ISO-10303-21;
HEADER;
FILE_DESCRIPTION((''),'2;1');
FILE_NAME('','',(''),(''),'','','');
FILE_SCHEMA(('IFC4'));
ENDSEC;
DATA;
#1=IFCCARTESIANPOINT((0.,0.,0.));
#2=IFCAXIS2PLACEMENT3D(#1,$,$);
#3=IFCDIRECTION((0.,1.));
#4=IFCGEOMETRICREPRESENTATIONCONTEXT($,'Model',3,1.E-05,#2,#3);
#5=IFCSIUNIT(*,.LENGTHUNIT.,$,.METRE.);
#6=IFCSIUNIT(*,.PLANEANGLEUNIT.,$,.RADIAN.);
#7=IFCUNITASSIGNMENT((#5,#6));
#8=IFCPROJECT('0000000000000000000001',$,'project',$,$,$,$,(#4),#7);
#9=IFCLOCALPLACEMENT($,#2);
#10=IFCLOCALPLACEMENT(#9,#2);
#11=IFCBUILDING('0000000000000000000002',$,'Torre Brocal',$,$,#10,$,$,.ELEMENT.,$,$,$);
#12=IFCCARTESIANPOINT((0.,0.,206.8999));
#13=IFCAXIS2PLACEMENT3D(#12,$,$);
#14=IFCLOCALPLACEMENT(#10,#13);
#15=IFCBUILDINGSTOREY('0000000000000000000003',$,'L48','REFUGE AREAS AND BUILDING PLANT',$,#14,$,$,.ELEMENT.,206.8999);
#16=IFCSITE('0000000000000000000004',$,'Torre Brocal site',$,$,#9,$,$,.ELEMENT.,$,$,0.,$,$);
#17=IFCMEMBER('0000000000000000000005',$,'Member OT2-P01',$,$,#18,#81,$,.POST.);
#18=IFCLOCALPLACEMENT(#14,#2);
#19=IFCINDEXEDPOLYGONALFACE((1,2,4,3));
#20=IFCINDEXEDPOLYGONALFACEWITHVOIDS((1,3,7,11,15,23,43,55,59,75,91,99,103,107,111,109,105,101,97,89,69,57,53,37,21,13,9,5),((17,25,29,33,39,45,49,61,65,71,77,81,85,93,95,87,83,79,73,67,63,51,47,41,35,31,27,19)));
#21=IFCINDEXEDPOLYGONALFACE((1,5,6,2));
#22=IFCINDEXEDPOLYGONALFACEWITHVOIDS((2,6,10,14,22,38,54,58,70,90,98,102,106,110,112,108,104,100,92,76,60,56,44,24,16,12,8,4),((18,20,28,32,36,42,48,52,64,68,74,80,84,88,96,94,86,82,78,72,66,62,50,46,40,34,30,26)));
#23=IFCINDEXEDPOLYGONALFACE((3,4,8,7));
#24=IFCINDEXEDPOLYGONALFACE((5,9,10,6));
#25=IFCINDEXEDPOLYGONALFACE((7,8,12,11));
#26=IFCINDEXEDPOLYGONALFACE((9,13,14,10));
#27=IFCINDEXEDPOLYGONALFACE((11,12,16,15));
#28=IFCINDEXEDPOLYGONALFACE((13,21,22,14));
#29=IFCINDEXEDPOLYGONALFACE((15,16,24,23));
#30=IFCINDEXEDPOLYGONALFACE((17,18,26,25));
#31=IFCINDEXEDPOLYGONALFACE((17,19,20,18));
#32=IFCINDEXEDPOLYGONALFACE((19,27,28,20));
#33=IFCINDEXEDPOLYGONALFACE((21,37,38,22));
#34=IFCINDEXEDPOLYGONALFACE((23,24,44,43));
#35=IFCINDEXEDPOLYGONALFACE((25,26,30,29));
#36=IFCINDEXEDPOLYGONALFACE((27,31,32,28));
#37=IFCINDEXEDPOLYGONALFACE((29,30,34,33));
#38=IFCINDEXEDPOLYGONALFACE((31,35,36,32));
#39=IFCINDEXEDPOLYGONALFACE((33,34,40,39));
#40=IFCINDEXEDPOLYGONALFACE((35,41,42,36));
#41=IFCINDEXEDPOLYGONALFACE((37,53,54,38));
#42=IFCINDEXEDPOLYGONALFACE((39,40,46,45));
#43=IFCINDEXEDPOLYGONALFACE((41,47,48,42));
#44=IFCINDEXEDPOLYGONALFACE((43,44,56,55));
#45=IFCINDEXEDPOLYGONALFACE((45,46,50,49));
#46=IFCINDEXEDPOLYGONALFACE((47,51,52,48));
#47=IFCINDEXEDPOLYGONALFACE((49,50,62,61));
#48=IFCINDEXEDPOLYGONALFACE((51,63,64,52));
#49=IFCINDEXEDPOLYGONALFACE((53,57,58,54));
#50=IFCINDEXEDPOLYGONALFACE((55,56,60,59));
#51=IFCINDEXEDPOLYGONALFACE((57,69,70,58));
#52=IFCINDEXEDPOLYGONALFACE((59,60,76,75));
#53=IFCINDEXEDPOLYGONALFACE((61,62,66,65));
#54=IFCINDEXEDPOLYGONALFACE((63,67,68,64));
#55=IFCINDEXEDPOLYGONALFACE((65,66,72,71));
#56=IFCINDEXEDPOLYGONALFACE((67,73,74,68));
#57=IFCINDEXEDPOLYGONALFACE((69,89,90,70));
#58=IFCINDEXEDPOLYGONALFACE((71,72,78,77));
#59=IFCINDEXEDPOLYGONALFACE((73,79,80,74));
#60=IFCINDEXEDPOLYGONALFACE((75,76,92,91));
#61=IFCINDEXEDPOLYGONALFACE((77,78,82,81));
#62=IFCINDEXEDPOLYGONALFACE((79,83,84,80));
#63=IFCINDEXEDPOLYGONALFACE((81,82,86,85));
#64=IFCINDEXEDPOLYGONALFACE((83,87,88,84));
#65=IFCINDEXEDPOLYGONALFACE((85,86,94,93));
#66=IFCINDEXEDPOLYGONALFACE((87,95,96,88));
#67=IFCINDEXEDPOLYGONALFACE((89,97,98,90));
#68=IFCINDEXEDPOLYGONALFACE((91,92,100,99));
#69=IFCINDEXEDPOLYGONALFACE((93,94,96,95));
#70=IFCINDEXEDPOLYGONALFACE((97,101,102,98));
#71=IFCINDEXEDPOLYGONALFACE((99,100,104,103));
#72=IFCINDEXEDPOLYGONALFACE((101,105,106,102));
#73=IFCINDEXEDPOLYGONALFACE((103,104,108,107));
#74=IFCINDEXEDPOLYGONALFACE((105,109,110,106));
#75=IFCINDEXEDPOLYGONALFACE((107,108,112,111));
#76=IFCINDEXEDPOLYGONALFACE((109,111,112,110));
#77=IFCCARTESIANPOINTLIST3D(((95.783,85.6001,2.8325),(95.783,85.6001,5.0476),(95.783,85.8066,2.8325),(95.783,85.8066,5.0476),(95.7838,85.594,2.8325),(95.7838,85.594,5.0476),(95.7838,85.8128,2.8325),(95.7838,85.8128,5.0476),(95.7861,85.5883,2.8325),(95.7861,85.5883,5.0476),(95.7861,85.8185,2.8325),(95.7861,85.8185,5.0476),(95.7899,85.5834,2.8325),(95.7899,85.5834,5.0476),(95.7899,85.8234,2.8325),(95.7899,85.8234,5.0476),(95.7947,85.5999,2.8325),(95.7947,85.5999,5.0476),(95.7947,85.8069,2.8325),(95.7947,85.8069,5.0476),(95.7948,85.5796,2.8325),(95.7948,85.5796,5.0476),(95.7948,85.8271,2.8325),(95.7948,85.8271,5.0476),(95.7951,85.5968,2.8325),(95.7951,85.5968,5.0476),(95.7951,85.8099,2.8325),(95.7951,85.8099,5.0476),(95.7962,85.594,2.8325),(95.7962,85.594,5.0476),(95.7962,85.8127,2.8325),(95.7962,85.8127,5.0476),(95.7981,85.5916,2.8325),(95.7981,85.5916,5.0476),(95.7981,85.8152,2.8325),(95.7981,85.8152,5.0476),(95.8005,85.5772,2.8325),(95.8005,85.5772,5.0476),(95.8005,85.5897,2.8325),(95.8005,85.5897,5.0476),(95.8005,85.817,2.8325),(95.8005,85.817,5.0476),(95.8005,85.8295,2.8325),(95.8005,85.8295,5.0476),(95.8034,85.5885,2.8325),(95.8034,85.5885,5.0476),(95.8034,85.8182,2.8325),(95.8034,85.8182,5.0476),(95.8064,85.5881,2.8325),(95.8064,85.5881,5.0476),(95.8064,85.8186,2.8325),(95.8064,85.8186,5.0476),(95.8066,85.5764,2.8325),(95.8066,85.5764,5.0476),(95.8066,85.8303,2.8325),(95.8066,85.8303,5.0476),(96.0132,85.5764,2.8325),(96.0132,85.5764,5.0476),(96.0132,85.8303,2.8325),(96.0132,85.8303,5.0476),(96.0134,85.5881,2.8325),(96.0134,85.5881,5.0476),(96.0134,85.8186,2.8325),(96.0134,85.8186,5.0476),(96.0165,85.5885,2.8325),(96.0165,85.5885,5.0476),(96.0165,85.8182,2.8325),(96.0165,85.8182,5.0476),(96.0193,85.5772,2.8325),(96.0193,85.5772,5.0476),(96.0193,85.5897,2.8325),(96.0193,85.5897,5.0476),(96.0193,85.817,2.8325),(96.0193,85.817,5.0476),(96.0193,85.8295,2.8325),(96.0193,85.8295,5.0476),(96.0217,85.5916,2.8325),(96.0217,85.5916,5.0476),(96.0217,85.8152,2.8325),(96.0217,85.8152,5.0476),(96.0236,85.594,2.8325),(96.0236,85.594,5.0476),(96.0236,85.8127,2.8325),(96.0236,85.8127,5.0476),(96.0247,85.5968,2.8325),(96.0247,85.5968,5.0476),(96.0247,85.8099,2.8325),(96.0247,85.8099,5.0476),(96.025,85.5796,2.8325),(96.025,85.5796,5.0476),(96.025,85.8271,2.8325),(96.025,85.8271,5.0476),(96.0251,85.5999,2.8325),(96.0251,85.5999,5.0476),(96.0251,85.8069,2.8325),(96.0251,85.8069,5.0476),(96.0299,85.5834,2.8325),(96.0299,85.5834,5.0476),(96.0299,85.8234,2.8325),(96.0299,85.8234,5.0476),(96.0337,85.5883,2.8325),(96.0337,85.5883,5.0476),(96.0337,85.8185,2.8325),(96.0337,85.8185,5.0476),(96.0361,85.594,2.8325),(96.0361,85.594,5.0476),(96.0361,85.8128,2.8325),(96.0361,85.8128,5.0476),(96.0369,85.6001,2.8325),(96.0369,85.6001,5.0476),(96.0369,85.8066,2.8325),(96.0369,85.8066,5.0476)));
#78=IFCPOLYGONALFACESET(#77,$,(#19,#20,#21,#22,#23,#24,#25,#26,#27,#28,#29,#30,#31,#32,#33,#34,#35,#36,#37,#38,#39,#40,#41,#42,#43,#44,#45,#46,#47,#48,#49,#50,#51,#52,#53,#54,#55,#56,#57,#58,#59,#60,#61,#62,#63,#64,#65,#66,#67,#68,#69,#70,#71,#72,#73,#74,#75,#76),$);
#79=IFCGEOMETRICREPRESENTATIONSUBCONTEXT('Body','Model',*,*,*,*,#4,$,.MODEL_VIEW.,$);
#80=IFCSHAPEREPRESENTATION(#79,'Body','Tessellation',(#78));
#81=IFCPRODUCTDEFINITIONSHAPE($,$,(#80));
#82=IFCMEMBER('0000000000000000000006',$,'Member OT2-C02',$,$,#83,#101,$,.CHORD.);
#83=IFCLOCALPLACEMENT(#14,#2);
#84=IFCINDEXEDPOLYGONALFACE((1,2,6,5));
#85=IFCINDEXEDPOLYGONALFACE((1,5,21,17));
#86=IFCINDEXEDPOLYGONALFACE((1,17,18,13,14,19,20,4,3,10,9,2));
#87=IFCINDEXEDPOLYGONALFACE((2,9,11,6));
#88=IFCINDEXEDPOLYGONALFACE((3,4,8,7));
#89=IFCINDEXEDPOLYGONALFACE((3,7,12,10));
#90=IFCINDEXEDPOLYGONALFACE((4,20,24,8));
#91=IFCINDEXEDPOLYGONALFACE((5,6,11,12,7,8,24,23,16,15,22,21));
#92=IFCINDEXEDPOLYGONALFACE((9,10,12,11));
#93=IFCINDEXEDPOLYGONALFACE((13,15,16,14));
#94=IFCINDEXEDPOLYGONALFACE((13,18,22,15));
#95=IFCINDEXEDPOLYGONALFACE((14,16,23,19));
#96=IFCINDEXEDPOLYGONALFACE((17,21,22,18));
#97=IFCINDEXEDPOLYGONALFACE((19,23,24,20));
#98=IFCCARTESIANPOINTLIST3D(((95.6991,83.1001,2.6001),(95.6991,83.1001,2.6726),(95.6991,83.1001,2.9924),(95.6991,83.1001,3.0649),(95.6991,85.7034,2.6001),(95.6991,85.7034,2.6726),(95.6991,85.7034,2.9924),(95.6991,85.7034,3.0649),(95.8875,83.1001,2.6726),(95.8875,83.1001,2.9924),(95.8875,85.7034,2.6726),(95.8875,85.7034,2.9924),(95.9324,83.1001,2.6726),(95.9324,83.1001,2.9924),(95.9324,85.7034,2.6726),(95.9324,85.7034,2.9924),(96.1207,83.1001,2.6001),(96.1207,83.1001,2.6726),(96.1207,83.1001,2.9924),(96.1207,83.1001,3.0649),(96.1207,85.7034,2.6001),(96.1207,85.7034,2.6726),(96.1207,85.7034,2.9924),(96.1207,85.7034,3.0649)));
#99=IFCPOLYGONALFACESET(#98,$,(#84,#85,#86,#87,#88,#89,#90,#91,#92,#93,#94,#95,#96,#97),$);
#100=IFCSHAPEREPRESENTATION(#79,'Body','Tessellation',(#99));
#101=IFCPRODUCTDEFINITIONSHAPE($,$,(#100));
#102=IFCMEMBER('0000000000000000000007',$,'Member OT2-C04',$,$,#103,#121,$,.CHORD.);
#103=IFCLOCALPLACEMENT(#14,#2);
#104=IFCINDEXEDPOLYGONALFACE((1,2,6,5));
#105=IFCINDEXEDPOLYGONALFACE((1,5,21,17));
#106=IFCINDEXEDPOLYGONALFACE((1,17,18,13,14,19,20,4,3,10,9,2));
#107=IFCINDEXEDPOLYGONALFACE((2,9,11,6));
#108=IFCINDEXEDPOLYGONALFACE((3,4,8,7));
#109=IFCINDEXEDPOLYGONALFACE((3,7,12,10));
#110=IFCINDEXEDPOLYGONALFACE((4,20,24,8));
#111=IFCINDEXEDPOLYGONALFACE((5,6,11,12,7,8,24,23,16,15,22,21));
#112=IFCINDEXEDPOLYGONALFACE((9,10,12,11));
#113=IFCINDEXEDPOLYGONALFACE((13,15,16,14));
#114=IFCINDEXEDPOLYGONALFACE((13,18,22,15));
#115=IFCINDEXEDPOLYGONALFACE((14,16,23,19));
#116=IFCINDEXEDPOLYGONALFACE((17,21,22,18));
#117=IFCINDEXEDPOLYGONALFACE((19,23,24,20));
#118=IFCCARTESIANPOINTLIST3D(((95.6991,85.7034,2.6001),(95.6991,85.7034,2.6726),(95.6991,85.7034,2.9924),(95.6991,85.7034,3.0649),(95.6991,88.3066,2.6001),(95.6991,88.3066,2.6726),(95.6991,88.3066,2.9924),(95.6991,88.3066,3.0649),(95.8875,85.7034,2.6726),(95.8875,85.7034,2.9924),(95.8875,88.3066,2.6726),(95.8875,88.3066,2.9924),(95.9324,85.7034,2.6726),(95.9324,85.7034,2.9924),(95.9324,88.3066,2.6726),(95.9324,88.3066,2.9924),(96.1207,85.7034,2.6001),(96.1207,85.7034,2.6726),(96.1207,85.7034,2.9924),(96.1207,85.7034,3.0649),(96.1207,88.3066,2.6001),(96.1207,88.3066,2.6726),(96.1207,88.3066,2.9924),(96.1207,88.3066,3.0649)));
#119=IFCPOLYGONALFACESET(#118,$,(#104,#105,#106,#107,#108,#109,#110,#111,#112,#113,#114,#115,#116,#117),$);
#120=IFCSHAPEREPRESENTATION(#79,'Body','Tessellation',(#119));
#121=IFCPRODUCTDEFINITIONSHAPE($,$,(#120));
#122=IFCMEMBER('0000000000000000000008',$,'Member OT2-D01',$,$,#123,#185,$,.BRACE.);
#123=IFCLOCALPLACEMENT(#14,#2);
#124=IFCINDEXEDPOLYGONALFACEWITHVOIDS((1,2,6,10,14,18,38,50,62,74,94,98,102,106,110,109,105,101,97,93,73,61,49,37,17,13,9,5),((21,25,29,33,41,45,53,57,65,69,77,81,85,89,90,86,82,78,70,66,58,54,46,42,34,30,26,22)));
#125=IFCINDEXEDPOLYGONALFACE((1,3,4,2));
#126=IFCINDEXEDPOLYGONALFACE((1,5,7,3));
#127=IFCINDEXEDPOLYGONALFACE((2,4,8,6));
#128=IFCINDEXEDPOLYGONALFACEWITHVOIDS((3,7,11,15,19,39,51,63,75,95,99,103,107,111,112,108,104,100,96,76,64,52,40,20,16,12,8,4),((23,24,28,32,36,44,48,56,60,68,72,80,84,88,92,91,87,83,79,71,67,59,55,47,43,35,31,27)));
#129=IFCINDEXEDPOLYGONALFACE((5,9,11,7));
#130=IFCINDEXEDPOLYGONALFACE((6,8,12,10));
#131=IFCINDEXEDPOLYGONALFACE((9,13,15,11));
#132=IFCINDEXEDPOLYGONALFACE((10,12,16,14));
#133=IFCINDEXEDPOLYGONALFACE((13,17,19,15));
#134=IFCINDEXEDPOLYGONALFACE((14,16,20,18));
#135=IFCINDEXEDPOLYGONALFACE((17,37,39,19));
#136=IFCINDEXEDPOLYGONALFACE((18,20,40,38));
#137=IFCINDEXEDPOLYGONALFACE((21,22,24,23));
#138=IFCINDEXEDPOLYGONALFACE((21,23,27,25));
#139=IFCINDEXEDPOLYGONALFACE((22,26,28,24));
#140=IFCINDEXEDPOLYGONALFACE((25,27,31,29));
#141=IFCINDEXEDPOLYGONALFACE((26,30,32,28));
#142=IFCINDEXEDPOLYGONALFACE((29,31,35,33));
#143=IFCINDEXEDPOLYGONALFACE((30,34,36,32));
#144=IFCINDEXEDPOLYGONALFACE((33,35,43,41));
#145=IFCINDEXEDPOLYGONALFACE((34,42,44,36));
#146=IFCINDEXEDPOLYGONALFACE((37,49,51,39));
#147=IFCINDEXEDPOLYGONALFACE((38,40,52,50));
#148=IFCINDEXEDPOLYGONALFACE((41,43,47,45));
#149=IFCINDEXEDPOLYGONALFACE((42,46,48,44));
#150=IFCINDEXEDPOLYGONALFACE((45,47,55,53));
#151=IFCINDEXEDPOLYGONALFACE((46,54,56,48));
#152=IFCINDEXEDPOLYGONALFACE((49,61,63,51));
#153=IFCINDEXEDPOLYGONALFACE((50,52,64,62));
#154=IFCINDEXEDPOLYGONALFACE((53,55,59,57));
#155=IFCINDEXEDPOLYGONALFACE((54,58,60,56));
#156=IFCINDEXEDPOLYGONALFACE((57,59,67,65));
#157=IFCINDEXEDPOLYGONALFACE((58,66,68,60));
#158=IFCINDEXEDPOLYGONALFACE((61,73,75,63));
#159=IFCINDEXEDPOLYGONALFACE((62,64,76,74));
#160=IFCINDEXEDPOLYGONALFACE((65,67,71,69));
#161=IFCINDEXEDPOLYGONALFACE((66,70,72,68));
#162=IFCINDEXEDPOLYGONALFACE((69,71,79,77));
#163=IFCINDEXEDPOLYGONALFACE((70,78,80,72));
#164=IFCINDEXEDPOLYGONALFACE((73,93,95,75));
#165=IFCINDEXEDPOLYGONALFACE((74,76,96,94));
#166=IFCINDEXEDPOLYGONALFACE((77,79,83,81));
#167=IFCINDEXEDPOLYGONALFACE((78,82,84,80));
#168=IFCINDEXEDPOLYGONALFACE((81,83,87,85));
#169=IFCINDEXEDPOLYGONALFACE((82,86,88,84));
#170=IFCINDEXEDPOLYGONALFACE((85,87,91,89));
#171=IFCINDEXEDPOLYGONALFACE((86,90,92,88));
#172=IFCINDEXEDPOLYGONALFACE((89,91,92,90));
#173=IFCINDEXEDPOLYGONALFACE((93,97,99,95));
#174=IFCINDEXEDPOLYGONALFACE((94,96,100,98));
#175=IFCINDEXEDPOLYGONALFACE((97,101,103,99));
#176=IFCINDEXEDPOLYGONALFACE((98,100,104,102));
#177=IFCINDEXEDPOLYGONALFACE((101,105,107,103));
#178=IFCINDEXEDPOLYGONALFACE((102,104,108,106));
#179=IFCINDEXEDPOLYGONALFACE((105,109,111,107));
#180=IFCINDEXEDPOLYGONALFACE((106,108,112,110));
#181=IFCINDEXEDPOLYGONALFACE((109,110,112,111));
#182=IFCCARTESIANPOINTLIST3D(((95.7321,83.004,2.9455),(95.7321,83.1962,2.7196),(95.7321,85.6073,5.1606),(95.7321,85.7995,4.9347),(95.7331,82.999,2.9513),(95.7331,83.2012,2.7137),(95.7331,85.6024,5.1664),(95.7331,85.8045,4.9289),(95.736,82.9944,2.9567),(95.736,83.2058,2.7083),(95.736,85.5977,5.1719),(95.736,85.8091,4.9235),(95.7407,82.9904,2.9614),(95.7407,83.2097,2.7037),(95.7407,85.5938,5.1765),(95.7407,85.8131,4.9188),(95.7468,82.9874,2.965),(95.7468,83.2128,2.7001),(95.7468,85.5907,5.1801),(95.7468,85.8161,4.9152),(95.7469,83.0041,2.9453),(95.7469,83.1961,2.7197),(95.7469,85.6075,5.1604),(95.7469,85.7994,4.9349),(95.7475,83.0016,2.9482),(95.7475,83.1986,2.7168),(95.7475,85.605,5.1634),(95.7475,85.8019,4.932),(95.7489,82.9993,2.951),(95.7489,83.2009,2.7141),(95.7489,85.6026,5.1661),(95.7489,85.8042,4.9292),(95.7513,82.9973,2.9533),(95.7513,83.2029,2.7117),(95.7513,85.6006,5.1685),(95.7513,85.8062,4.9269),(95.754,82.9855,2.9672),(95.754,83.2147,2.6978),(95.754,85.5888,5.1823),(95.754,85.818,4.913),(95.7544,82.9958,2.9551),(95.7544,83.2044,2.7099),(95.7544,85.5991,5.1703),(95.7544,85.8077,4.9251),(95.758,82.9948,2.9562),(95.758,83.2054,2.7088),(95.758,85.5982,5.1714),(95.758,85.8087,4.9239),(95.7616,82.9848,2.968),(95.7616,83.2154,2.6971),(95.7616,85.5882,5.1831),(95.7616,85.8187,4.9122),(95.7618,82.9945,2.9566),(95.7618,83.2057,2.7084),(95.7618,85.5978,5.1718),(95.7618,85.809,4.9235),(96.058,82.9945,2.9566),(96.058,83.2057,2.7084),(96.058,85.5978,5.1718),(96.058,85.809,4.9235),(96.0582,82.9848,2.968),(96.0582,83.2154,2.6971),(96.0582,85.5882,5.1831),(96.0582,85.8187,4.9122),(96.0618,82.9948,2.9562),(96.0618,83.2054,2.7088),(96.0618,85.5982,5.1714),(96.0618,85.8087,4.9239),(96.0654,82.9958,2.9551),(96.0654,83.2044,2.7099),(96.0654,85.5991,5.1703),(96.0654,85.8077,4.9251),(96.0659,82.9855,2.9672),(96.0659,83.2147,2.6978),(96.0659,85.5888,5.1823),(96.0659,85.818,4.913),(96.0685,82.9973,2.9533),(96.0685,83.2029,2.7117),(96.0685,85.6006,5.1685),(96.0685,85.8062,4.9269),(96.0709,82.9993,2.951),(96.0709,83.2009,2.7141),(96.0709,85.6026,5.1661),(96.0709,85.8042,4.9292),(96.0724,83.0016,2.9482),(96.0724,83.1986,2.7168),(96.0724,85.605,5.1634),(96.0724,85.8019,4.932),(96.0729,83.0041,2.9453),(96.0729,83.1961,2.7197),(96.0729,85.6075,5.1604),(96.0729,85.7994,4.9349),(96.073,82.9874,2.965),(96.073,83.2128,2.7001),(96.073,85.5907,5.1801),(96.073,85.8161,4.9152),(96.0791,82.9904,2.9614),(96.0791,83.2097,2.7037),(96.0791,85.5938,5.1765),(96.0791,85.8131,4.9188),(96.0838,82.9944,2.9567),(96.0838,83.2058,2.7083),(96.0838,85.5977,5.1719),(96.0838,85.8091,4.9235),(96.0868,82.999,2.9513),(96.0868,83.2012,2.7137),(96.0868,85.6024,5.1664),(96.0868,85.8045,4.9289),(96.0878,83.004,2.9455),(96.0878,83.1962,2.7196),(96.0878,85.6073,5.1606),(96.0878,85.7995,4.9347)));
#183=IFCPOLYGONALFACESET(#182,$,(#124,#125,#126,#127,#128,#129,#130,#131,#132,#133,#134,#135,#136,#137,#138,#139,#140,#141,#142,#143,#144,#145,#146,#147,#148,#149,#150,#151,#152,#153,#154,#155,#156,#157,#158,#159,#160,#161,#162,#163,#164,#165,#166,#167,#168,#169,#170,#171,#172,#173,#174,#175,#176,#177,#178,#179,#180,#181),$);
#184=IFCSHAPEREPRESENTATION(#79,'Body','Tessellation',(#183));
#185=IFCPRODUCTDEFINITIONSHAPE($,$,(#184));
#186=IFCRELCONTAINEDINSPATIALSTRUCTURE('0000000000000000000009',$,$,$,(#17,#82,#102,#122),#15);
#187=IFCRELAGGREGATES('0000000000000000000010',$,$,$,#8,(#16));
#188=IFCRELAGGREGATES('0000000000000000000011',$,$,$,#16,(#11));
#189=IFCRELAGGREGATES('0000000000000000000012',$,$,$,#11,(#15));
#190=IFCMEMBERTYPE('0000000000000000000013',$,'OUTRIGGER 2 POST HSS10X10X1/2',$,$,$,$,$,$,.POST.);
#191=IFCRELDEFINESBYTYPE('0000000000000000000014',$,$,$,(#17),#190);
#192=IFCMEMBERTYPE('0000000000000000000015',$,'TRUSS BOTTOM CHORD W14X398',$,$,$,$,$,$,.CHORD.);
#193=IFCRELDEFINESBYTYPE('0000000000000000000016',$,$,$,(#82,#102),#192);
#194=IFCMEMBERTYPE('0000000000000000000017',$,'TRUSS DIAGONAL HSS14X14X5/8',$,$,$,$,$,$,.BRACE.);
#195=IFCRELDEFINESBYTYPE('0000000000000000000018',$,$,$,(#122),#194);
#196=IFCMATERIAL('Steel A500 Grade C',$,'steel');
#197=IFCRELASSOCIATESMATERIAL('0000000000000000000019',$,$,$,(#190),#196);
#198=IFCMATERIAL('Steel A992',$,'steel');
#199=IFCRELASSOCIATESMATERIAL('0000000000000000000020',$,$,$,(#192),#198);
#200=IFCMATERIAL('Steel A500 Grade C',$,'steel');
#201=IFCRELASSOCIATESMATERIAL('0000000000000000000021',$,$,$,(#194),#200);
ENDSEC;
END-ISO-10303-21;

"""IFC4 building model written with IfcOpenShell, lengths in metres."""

from ifc_helpers import new_model, si_unit, direction, frame, origin, origin_2d, place, context, subcontext, project, spatial, hollow_rectangle, i_section, extrude, material, material_profile, profile_set, type_object, element, save


model = new_model("IFC4")

# Units and contexts
model_context = context("Model", 3, precision=1e-05, world=origin(), true_north=direction((0.0, 1.0)))
body_context = subcontext(model_context, "Body", "Model", "MODEL_VIEW")
ifc_project = project(units=[si_unit("LENGTHUNIT", "METRE"), si_unit("PLANEANGLEUNIT", "RADIAN")], contexts=[model_context])

# Site, building, storey
site_placement = place(None, origin())
site = spatial("IfcSite", under=ifc_project, at=site_placement, Name="Torre Brocal site", CompositionType="ELEMENT", RefElevation=0.0)
building_placement = place(site_placement, origin())
building = spatial("IfcBuilding", under=site, at=building_placement, Name="Torre Brocal", CompositionType="ELEMENT")
storey_placement = place(building_placement, frame((0.0, 0.0, 206.8999)))
storey = spatial("IfcBuildingStorey", under=building, at=storey_placement, Name="L48", Description="REFUGE AREAS AND BUILDING PLANT", CompositionType="ELEMENT", Elevation=206.8999)

# Members
ifc_material_1 = material(Name="Steel A500 Grade C", Category="steel")
ifc_material_profile_1 = material_profile(ifc_material_1, hollow_rectangle(XDim=0.2539, YDim=0.2539, WallThickness=0.0117, InnerFilletRadius=0.0117, OuterFilletRadius=0.0237, at=origin_2d()), Name="HSS10X10X1/2")
ifc_profile_set_1 = profile_set([ifc_material_profile_1], Name="Steel A500 Grade C")
member_type_1 = type_object("IfcMemberType", Name="OUTRIGGER 2 POST HSS10X10X1/2", PredefinedType="POST", material=ifc_profile_set_1)
member_placement = place(storey_placement, frame((95.9099, 85.7034, 2.8325), z_axis=(0.0, 0.0, 1.0), x_axis=(1.0, 0.0, 0.0)))
element("IfcMember", 1, at=member_placement, inside=storey, type_object=member_type_1, Name="Member OT2-P01", PredefinedType="POST", context=body_context, shape_type="SweptSolid", body=[
    extrude(hollow_rectangle(XDim=0.2539, YDim=0.2539, WallThickness=0.0117, InnerFilletRadius=0.0117, OuterFilletRadius=0.0237, at=origin_2d()), origin(), (0.0, 0.0, 1.0), 2.2151),
])
ifc_material_2 = material(Name="Steel A992", Category="steel")
ifc_material_profile_2 = material_profile(ifc_material_2, i_section(OverallWidth=0.4216, OverallDepth=0.4648, WebThickness=0.0449, FlangeThickness=0.0725, at=origin_2d()), Name="W14X398")
ifc_profile_set_2 = profile_set([ifc_material_profile_2], Name="Steel A992")
member_type_2 = type_object("IfcMemberType", Name="TRUSS BOTTOM CHORD W14X398", PredefinedType="CHORD", material=ifc_profile_set_2)
for number, where, z_axis, x_axis, name in (
    (2, (95.9099, 83.1001, 2.8325), (0.0, 1.0, 0.0), (-1.0, 0.0, 0.0), "Member OT2-C02"),
    (3, (95.9099, 85.7034, 2.8325), (0.0, 1.0, 0.0), (-1.0, 0.0, 0.0), "Member OT2-C04"),
):
    element("IfcMember", number, at=place(storey_placement, frame(where, z_axis=z_axis, x_axis=x_axis)), inside=storey, type_object=member_type_2, Name=name, PredefinedType="CHORD", context=body_context, shape_type="SweptSolid", body=[
        extrude(i_section(OverallWidth=0.4216, OverallDepth=0.4648, WebThickness=0.0449, FlangeThickness=0.0725, at=origin_2d()), origin(), (0.0, 0.0, 1.0), 2.6033),
    ])
ifc_material_3 = material(Name="Steel A500 Grade C", Category="steel")
ifc_material_profile_3 = material_profile(ifc_material_3, hollow_rectangle(XDim=0.3557, YDim=0.3557, WallThickness=0.0149, InnerFilletRadius=0.0149, OuterFilletRadius=0.0295, at=origin_2d()), Name="HSS14X14X5/8")
ifc_profile_set_3 = profile_set([ifc_material_profile_3], Name="Steel A500 Grade C")
member_type_3 = type_object("IfcMemberType", Name="TRUSS DIAGONAL HSS14X14X5/8", PredefinedType="BRACE", material=ifc_profile_set_3)
for number, where, z_axis, x_axis, name in (
    (4, (95.9099, 83.1001, 2.8325), (0.0, 0.761606, 0.64804), (-1.0, 0.0, 0.0), "Member OT2-D01"),
):
    element("IfcMember", number, at=place(storey_placement, frame(where, z_axis=z_axis, x_axis=x_axis)), inside=storey, type_object=member_type_3, Name=name, PredefinedType="BRACE", context=body_context, shape_type="SweptSolid", body=[
        extrude(hollow_rectangle(XDim=0.3557, YDim=0.3557, WallThickness=0.0149, InnerFilletRadius=0.0149, OuterFilletRadius=0.0295, at=origin_2d()), origin(), (0.0, 0.0, 1.0), 3.4182),
    ])

save(model, "model.ifc")
